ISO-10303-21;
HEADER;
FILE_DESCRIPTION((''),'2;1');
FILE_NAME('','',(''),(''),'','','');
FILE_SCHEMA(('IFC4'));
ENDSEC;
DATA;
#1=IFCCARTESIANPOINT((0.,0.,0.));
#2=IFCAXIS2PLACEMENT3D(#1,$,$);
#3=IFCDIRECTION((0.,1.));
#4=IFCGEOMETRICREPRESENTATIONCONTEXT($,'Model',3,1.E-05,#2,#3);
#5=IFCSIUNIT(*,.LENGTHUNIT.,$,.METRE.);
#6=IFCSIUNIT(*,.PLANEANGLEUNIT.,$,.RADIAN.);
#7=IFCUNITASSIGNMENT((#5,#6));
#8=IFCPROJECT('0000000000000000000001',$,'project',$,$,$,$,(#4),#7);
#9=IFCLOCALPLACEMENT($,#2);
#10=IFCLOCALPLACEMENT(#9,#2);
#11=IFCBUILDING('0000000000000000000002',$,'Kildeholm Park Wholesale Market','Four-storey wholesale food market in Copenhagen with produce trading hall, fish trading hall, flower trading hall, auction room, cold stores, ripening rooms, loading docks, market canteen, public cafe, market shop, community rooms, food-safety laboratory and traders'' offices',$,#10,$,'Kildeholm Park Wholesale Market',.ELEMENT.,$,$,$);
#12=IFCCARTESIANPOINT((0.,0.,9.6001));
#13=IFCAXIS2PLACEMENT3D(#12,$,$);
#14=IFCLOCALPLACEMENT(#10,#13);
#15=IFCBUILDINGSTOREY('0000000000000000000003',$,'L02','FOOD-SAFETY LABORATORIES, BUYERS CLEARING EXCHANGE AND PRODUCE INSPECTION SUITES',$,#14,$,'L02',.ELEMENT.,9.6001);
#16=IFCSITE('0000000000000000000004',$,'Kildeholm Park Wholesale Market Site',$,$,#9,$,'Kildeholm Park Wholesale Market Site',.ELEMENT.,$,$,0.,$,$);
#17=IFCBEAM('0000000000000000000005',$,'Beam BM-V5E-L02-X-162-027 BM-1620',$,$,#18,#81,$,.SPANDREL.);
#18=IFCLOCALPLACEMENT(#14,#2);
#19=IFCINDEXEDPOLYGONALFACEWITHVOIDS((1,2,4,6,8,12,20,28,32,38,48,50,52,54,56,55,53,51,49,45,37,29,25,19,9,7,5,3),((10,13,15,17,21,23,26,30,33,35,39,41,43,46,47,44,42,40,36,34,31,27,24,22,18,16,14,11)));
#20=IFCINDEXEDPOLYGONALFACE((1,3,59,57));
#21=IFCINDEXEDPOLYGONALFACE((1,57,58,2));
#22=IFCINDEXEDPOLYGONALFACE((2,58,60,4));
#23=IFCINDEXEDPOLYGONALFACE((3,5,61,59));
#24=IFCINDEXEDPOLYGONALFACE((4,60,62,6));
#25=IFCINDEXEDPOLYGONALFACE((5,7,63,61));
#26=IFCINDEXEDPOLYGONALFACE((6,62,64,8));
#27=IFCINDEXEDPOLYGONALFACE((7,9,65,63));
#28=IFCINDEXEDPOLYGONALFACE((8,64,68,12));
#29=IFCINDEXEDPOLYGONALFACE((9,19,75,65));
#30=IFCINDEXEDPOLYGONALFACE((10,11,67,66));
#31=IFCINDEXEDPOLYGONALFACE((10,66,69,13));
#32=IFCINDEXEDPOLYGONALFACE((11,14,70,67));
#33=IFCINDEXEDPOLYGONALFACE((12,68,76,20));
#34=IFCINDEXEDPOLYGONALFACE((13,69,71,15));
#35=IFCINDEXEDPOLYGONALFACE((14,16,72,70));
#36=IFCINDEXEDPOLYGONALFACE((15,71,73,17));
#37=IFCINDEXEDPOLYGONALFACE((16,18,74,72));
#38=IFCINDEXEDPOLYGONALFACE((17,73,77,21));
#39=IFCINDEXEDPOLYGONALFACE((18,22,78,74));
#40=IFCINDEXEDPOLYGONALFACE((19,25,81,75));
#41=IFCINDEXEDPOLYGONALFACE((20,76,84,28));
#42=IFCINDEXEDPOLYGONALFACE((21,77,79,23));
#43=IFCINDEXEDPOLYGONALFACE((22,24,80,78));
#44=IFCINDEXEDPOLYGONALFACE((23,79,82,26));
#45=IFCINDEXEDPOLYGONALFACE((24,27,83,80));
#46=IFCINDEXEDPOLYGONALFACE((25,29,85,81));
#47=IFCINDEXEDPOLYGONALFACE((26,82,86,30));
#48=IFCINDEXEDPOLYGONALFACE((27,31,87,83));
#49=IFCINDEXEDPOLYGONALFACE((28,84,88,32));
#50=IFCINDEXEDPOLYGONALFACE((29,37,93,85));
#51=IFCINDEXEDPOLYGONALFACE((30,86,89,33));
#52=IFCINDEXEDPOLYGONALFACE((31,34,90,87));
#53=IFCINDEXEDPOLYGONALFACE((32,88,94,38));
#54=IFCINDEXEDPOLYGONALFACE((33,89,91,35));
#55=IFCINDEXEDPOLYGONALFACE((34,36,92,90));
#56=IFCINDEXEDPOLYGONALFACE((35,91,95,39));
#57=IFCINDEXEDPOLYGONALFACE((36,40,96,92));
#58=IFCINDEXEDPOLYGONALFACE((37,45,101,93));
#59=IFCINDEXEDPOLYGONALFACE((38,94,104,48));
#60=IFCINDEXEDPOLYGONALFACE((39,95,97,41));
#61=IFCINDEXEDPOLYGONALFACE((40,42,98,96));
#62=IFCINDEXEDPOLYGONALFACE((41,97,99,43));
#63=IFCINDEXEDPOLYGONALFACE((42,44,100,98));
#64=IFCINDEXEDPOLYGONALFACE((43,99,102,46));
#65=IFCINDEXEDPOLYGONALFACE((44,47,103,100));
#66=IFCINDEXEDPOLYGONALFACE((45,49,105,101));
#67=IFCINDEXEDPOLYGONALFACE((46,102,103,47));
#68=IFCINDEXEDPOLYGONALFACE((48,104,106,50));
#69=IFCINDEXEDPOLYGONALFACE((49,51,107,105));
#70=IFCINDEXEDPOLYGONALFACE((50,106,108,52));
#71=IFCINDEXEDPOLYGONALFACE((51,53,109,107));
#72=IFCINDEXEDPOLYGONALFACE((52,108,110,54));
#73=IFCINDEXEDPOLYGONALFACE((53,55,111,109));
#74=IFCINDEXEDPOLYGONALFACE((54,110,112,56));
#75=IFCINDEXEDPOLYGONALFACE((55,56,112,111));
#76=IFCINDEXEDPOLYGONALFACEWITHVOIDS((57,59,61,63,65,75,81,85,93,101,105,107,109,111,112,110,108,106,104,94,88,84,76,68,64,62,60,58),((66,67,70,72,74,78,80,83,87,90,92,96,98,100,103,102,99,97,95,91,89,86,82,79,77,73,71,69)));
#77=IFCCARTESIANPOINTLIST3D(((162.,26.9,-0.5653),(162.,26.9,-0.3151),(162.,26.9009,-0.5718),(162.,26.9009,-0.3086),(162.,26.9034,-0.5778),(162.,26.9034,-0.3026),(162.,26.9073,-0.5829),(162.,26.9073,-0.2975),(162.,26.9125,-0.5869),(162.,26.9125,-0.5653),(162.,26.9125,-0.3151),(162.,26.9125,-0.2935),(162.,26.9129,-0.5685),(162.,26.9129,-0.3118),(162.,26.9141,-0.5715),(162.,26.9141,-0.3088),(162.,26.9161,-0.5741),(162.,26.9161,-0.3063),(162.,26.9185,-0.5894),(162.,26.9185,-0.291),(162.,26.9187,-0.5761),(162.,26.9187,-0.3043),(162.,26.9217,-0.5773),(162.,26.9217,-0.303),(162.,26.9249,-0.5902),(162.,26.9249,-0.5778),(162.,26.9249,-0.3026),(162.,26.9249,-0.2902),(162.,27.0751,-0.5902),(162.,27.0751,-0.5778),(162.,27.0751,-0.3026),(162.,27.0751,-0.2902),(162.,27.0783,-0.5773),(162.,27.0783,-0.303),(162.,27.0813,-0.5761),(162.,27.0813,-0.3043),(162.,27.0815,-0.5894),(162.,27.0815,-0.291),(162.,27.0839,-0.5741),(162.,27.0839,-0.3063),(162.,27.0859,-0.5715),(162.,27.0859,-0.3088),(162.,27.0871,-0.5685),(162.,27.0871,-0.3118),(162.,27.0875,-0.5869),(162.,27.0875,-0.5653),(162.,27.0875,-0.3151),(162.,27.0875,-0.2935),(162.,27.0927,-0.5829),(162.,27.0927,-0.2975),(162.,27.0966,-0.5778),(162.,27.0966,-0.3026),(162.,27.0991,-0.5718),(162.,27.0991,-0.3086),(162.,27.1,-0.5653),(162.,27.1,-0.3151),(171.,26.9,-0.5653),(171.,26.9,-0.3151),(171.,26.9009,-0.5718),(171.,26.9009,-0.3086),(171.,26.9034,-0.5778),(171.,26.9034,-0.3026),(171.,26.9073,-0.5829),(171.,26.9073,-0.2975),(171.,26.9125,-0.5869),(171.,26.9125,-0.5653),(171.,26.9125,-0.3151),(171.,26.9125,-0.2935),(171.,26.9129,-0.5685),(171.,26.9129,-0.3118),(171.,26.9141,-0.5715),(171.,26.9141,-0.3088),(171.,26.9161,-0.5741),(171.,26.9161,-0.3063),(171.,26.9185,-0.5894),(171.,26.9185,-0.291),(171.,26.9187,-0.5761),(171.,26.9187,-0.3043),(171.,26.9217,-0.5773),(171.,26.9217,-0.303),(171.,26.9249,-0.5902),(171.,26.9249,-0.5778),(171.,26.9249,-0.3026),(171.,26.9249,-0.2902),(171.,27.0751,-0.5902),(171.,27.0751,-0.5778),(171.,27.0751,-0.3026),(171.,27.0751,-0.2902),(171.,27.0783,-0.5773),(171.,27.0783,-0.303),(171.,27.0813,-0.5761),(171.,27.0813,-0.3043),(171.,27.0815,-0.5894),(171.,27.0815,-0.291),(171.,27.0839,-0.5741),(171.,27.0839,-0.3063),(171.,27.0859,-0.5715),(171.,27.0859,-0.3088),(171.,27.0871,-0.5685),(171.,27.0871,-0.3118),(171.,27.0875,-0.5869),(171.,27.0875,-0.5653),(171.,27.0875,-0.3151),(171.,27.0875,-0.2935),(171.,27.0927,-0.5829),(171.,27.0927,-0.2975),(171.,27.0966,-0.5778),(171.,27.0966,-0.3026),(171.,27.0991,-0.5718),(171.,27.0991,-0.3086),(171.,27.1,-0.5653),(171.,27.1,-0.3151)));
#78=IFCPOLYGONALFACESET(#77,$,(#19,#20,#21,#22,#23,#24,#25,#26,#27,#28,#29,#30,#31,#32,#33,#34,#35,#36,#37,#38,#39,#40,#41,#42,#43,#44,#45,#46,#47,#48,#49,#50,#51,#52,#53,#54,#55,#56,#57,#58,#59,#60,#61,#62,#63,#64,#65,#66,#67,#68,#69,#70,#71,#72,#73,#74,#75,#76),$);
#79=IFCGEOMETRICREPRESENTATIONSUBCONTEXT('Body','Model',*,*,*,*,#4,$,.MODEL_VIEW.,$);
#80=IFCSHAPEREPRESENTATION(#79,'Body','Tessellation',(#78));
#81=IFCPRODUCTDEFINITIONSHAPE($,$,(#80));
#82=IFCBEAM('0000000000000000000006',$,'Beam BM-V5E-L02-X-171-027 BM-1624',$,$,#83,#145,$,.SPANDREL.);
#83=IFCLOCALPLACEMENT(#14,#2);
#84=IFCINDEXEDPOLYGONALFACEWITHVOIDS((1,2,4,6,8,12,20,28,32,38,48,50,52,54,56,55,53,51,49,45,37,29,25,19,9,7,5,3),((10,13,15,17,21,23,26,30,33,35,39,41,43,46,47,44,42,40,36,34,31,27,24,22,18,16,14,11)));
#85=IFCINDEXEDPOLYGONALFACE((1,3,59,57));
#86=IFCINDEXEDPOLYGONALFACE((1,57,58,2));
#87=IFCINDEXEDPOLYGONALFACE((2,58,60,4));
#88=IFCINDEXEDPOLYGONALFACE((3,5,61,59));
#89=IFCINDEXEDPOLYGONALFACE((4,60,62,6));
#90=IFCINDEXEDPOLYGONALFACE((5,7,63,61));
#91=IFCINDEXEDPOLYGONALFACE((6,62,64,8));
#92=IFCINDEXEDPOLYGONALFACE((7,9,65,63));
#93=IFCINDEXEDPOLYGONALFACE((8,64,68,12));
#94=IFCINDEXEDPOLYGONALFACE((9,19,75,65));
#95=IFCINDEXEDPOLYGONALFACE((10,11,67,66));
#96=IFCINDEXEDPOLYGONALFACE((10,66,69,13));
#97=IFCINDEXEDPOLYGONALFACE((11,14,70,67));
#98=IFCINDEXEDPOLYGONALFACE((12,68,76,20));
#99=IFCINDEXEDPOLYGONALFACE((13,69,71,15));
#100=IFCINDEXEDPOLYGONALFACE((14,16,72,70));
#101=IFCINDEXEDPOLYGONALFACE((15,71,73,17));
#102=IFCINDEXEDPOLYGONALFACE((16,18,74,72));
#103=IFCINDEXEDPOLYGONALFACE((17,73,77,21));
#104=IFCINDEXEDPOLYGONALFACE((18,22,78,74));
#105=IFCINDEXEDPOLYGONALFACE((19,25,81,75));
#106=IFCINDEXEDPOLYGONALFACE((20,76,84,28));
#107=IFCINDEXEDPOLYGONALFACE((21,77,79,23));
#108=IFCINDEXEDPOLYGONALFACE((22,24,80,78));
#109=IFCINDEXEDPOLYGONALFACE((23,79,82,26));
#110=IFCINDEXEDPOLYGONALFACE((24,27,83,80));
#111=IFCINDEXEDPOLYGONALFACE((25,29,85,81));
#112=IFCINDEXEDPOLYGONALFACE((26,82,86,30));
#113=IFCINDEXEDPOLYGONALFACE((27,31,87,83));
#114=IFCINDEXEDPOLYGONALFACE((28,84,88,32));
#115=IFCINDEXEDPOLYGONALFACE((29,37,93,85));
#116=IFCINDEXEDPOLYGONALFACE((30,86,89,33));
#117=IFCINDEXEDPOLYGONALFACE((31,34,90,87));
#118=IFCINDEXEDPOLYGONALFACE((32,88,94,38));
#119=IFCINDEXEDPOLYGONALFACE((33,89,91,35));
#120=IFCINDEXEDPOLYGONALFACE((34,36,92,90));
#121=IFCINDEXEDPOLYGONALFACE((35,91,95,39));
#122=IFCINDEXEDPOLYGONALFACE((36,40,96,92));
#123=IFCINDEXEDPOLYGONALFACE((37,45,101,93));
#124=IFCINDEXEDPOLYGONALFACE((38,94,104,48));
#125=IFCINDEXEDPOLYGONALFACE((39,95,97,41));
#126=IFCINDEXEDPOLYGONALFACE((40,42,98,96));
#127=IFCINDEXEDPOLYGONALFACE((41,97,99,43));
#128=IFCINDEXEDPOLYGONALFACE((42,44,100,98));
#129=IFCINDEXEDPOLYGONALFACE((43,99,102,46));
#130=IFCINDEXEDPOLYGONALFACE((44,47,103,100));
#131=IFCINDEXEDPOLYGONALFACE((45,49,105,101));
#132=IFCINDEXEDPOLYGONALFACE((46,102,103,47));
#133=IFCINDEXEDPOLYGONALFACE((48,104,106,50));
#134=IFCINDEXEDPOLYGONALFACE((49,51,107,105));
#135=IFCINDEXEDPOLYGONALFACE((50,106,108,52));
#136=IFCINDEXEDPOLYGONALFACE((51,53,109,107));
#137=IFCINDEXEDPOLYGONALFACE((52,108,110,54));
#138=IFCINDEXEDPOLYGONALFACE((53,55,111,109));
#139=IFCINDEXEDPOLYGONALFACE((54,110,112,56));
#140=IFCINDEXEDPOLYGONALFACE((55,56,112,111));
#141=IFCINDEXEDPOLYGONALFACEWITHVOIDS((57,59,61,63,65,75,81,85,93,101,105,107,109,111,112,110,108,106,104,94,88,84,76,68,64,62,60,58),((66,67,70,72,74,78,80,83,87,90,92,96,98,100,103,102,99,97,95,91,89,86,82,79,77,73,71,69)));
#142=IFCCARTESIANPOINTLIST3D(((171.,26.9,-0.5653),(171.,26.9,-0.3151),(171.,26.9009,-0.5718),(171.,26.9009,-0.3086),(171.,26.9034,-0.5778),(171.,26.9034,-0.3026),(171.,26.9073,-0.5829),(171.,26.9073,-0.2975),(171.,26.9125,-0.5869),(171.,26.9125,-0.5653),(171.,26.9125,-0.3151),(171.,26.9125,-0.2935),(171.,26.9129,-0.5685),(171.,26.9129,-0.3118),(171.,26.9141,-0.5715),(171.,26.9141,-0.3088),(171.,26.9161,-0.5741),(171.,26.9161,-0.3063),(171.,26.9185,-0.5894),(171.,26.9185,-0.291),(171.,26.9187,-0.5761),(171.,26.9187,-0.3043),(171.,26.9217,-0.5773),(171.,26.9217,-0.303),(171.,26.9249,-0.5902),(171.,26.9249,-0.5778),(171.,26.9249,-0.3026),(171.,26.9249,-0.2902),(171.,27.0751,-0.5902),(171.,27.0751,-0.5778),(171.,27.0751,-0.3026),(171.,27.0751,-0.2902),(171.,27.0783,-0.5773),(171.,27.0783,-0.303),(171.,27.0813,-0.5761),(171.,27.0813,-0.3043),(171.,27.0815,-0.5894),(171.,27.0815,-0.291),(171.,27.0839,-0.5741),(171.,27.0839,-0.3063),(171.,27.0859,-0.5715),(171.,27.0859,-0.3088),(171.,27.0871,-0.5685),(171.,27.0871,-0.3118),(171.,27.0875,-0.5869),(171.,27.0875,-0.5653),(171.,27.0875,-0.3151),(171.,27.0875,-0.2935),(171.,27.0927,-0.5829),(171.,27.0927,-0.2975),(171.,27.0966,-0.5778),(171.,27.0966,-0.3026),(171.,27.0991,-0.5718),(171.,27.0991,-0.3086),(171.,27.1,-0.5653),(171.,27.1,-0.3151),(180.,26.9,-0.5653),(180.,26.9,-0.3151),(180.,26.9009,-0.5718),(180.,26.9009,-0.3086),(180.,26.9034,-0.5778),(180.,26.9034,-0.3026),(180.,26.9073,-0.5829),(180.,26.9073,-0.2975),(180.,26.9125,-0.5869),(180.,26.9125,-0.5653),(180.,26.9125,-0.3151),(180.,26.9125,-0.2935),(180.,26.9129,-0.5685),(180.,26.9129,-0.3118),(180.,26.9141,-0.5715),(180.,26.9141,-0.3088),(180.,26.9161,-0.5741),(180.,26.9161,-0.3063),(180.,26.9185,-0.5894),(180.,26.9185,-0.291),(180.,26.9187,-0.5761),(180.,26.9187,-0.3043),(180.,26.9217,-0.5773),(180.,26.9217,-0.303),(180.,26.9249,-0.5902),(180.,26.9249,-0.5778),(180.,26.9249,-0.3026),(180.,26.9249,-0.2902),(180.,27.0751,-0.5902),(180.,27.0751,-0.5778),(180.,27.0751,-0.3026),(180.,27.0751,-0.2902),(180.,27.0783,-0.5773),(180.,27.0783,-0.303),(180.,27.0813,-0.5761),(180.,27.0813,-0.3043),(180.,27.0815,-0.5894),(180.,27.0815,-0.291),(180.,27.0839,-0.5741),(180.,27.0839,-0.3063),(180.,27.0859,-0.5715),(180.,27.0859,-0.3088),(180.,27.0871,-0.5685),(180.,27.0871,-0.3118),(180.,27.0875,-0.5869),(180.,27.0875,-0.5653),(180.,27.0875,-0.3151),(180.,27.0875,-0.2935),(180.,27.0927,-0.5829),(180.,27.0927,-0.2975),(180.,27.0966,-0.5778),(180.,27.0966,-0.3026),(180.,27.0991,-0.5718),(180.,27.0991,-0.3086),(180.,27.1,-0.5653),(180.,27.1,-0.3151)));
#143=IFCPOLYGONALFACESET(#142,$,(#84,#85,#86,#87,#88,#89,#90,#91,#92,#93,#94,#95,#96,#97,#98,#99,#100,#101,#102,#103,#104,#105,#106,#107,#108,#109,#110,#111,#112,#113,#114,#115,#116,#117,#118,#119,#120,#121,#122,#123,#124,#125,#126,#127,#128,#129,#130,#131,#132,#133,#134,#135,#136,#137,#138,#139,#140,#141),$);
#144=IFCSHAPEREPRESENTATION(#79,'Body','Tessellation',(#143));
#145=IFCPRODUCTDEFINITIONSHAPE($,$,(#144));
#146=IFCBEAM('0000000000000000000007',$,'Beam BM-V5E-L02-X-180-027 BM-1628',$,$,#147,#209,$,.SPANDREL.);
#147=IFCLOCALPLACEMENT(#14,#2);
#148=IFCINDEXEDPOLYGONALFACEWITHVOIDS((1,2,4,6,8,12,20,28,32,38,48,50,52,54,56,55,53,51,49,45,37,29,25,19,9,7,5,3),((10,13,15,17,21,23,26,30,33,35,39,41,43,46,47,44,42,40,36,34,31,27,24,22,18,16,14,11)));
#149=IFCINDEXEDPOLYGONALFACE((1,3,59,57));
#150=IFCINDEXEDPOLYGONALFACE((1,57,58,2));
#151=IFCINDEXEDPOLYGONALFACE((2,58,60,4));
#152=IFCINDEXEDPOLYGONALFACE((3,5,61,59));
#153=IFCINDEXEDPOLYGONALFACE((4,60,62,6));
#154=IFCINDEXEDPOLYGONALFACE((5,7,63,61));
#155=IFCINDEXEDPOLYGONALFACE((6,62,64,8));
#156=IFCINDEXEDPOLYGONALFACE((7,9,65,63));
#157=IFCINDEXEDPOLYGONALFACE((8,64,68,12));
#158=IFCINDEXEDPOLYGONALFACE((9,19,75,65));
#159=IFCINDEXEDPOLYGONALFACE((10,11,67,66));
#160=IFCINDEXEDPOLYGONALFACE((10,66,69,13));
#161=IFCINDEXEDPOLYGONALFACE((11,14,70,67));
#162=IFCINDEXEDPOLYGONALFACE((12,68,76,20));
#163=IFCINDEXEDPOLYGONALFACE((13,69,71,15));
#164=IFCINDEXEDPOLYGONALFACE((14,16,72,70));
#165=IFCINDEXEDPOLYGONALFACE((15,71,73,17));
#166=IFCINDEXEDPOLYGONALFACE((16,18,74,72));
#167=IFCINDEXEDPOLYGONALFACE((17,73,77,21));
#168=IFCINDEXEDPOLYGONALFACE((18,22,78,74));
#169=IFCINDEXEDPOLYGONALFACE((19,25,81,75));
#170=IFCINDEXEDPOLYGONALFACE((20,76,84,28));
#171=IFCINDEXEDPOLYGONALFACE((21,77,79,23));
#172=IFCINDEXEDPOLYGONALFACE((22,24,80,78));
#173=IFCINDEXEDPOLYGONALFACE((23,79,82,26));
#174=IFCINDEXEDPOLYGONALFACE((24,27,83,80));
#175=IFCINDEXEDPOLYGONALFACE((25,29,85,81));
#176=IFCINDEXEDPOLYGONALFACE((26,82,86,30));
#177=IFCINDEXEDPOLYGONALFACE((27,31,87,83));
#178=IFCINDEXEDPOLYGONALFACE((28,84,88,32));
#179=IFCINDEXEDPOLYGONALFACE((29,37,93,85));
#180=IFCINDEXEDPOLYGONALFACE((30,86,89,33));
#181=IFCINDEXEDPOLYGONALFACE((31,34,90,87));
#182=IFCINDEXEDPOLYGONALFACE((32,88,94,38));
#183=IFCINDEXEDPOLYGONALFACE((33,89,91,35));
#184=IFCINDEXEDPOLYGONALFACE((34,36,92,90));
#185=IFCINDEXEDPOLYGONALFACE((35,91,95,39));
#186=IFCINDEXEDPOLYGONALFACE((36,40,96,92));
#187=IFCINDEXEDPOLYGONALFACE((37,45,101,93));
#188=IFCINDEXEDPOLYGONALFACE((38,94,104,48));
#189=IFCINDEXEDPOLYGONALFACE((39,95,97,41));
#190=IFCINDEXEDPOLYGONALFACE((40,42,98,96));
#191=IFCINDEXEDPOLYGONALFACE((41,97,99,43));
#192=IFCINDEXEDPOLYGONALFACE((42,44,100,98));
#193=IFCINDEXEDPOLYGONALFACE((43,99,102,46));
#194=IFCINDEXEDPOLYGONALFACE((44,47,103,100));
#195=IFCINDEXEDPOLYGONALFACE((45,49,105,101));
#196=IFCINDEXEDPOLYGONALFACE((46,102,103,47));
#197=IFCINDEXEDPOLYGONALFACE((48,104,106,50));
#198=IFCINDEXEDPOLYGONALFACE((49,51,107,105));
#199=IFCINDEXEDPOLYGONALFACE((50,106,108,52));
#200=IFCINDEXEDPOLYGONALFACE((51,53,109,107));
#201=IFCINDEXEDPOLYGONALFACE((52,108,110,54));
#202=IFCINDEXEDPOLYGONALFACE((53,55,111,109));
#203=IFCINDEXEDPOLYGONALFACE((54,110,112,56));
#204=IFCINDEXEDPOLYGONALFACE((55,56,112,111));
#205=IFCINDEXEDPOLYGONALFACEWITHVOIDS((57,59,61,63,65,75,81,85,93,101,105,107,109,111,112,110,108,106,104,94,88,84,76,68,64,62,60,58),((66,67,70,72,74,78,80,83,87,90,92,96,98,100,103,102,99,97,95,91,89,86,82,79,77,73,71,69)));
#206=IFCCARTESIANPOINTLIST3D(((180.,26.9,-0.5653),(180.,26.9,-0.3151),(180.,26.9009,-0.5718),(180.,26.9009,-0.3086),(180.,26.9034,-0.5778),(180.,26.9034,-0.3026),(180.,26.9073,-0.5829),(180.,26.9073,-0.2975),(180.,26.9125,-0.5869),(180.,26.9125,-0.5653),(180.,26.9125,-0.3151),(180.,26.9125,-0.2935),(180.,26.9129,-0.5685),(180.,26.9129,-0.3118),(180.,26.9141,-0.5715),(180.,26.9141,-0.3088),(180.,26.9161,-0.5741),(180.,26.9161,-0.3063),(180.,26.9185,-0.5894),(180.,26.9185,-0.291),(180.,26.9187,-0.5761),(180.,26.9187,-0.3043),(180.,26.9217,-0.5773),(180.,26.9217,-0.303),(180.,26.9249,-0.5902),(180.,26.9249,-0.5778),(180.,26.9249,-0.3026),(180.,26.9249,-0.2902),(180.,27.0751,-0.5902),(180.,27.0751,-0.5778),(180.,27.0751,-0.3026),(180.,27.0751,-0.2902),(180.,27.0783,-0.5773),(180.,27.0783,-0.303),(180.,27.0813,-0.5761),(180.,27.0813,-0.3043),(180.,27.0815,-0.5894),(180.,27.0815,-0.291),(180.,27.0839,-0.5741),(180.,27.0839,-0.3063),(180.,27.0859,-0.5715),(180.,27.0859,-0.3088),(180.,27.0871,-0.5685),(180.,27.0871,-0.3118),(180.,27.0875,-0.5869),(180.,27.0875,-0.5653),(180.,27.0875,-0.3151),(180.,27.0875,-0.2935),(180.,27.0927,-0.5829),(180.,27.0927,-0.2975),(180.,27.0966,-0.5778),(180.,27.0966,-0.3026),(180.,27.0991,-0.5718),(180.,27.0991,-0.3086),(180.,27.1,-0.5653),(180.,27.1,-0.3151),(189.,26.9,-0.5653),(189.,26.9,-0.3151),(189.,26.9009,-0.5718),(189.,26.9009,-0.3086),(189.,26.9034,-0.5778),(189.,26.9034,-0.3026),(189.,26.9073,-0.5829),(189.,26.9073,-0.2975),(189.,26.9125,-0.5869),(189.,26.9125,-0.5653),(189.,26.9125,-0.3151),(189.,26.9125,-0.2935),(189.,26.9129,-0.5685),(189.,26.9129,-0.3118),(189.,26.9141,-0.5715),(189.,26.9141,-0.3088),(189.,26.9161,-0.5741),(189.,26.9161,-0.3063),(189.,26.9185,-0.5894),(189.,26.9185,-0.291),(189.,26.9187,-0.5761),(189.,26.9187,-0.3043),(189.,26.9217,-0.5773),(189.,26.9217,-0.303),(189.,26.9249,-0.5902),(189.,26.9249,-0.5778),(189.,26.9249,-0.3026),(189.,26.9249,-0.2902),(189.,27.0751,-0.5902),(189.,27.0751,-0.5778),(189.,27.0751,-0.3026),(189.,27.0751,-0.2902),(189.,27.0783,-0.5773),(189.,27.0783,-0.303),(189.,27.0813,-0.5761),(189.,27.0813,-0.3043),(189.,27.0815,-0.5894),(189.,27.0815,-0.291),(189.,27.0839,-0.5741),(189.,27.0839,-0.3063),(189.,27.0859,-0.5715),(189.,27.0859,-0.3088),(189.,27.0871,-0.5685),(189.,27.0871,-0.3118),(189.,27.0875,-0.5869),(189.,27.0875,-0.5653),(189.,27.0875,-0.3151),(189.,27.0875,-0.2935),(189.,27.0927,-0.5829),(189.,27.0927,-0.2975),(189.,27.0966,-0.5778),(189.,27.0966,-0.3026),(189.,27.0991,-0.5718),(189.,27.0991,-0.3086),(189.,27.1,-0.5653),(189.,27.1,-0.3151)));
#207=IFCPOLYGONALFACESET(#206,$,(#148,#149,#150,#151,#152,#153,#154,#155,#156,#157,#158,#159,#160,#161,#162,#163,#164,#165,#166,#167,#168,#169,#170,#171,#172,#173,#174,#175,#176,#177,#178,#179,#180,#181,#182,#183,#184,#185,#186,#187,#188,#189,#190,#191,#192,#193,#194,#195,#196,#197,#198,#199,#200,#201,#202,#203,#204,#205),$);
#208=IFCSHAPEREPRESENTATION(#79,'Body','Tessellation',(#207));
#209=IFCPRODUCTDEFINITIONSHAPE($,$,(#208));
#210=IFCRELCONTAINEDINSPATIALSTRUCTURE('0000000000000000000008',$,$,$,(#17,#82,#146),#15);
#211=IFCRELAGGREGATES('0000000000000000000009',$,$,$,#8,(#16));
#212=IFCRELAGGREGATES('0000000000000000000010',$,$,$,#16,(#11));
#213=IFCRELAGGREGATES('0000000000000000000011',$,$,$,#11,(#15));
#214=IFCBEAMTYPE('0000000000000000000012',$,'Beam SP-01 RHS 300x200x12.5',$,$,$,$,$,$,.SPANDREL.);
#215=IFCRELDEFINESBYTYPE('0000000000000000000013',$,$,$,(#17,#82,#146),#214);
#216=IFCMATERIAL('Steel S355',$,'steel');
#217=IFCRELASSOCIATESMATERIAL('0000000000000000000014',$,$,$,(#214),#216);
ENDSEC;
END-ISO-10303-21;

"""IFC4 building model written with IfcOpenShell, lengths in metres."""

from ifc_helpers import new_model, si_unit, direction, frame, origin, origin_2d, place, context, subcontext, project, spatial, hollow_rectangle, extrude, material, material_profile, profile_set, type_object, element, save


model = new_model("IFC4")

# Units and contexts
model_context = context("Model", 3, precision=1e-05, world=origin(), true_north=direction((0.0, 1.0)))
body_context = subcontext(model_context, "Body", "Model", "MODEL_VIEW")
ifc_project = project(units=[si_unit("LENGTHUNIT", "METRE"), si_unit("PLANEANGLEUNIT", "RADIAN")], contexts=[model_context])

# Site, building, storey
site_placement = place(None, origin())
site = spatial("IfcSite", under=ifc_project, at=site_placement, Name="Kildeholm Park Wholesale Market Site", LongName="Kildeholm Park Wholesale Market Site", CompositionType="ELEMENT", RefElevation=0.0)
building_placement = place(site_placement, origin())
building = spatial("IfcBuilding", under=site, at=building_placement, Name="Kildeholm Park Wholesale Market", Description="Four-storey wholesale food market in Copenhagen with produce trading hall, fish trading hall, flower trading hall, auction room, cold stores, ripening rooms, loading docks, market canteen, public cafe, market shop, community rooms, food-safety laboratory and traders' offices", LongName="Kildeholm Park Wholesale Market", CompositionType="ELEMENT")
storey_placement = place(building_placement, frame((0.0, 0.0, 9.6001)))
storey = spatial("IfcBuildingStorey", under=building, at=storey_placement, Name="L02", Description="FOOD-SAFETY LABORATORIES, BUYERS CLEARING EXCHANGE AND PRODUCE INSPECTION SUITES", LongName="L02", CompositionType="ELEMENT", Elevation=9.6001)

# Shared definitions
ifc_material_1 = material(Name="Steel S355", Category="steel")

# Beams
ifc_material_profile_1 = material_profile(ifc_material_1, hollow_rectangle(XDim=0.2, YDim=0.3, WallThickness=0.0125, InnerFilletRadius=0.0125, OuterFilletRadius=0.0249, at=origin_2d()), Name="RHS 300x200x12.5")
ifc_profile_set_1 = profile_set([ifc_material_profile_1], Name="Steel S355")
beam_type_1 = type_object("IfcBeamType", Name="Beam SP-01 RHS 300x200x12.5", PredefinedType="SPANDREL", material=ifc_profile_set_1)
for number, where, z_axis, x_axis, name in (
    (1, (162.0, 27.0, -0.4402), (1.0, 0.0, 0.0), (0.0, 1.0, 0.0), "Beam BM-V5E-L02-X-162-027 BM-1620"),
    (2, (171.0, 27.0, -0.4402), (1.0, 0.0, 0.0), (0.0, 1.0, 0.0), "Beam BM-V5E-L02-X-171-027 BM-1624"),
    (3, (180.0, 27.0, -0.4402), (1.0, 0.0, 0.0), (0.0, 1.0, 0.0), "Beam BM-V5E-L02-X-180-027 BM-1628"),
):
    element("IfcBeam", number, at=place(storey_placement, frame(where, z_axis=z_axis, x_axis=x_axis)), inside=storey, type_object=beam_type_1, Name=name, PredefinedType="SPANDREL", context=body_context, shape_type="SweptSolid", body=[
        extrude(hollow_rectangle(XDim=0.2, YDim=0.3, WallThickness=0.0125, InnerFilletRadius=0.0125, OuterFilletRadius=0.0249, at=origin_2d()), origin(), (0.0, 0.0, 1.0), 9.0),
    ])

save(model, "model.ifc")
